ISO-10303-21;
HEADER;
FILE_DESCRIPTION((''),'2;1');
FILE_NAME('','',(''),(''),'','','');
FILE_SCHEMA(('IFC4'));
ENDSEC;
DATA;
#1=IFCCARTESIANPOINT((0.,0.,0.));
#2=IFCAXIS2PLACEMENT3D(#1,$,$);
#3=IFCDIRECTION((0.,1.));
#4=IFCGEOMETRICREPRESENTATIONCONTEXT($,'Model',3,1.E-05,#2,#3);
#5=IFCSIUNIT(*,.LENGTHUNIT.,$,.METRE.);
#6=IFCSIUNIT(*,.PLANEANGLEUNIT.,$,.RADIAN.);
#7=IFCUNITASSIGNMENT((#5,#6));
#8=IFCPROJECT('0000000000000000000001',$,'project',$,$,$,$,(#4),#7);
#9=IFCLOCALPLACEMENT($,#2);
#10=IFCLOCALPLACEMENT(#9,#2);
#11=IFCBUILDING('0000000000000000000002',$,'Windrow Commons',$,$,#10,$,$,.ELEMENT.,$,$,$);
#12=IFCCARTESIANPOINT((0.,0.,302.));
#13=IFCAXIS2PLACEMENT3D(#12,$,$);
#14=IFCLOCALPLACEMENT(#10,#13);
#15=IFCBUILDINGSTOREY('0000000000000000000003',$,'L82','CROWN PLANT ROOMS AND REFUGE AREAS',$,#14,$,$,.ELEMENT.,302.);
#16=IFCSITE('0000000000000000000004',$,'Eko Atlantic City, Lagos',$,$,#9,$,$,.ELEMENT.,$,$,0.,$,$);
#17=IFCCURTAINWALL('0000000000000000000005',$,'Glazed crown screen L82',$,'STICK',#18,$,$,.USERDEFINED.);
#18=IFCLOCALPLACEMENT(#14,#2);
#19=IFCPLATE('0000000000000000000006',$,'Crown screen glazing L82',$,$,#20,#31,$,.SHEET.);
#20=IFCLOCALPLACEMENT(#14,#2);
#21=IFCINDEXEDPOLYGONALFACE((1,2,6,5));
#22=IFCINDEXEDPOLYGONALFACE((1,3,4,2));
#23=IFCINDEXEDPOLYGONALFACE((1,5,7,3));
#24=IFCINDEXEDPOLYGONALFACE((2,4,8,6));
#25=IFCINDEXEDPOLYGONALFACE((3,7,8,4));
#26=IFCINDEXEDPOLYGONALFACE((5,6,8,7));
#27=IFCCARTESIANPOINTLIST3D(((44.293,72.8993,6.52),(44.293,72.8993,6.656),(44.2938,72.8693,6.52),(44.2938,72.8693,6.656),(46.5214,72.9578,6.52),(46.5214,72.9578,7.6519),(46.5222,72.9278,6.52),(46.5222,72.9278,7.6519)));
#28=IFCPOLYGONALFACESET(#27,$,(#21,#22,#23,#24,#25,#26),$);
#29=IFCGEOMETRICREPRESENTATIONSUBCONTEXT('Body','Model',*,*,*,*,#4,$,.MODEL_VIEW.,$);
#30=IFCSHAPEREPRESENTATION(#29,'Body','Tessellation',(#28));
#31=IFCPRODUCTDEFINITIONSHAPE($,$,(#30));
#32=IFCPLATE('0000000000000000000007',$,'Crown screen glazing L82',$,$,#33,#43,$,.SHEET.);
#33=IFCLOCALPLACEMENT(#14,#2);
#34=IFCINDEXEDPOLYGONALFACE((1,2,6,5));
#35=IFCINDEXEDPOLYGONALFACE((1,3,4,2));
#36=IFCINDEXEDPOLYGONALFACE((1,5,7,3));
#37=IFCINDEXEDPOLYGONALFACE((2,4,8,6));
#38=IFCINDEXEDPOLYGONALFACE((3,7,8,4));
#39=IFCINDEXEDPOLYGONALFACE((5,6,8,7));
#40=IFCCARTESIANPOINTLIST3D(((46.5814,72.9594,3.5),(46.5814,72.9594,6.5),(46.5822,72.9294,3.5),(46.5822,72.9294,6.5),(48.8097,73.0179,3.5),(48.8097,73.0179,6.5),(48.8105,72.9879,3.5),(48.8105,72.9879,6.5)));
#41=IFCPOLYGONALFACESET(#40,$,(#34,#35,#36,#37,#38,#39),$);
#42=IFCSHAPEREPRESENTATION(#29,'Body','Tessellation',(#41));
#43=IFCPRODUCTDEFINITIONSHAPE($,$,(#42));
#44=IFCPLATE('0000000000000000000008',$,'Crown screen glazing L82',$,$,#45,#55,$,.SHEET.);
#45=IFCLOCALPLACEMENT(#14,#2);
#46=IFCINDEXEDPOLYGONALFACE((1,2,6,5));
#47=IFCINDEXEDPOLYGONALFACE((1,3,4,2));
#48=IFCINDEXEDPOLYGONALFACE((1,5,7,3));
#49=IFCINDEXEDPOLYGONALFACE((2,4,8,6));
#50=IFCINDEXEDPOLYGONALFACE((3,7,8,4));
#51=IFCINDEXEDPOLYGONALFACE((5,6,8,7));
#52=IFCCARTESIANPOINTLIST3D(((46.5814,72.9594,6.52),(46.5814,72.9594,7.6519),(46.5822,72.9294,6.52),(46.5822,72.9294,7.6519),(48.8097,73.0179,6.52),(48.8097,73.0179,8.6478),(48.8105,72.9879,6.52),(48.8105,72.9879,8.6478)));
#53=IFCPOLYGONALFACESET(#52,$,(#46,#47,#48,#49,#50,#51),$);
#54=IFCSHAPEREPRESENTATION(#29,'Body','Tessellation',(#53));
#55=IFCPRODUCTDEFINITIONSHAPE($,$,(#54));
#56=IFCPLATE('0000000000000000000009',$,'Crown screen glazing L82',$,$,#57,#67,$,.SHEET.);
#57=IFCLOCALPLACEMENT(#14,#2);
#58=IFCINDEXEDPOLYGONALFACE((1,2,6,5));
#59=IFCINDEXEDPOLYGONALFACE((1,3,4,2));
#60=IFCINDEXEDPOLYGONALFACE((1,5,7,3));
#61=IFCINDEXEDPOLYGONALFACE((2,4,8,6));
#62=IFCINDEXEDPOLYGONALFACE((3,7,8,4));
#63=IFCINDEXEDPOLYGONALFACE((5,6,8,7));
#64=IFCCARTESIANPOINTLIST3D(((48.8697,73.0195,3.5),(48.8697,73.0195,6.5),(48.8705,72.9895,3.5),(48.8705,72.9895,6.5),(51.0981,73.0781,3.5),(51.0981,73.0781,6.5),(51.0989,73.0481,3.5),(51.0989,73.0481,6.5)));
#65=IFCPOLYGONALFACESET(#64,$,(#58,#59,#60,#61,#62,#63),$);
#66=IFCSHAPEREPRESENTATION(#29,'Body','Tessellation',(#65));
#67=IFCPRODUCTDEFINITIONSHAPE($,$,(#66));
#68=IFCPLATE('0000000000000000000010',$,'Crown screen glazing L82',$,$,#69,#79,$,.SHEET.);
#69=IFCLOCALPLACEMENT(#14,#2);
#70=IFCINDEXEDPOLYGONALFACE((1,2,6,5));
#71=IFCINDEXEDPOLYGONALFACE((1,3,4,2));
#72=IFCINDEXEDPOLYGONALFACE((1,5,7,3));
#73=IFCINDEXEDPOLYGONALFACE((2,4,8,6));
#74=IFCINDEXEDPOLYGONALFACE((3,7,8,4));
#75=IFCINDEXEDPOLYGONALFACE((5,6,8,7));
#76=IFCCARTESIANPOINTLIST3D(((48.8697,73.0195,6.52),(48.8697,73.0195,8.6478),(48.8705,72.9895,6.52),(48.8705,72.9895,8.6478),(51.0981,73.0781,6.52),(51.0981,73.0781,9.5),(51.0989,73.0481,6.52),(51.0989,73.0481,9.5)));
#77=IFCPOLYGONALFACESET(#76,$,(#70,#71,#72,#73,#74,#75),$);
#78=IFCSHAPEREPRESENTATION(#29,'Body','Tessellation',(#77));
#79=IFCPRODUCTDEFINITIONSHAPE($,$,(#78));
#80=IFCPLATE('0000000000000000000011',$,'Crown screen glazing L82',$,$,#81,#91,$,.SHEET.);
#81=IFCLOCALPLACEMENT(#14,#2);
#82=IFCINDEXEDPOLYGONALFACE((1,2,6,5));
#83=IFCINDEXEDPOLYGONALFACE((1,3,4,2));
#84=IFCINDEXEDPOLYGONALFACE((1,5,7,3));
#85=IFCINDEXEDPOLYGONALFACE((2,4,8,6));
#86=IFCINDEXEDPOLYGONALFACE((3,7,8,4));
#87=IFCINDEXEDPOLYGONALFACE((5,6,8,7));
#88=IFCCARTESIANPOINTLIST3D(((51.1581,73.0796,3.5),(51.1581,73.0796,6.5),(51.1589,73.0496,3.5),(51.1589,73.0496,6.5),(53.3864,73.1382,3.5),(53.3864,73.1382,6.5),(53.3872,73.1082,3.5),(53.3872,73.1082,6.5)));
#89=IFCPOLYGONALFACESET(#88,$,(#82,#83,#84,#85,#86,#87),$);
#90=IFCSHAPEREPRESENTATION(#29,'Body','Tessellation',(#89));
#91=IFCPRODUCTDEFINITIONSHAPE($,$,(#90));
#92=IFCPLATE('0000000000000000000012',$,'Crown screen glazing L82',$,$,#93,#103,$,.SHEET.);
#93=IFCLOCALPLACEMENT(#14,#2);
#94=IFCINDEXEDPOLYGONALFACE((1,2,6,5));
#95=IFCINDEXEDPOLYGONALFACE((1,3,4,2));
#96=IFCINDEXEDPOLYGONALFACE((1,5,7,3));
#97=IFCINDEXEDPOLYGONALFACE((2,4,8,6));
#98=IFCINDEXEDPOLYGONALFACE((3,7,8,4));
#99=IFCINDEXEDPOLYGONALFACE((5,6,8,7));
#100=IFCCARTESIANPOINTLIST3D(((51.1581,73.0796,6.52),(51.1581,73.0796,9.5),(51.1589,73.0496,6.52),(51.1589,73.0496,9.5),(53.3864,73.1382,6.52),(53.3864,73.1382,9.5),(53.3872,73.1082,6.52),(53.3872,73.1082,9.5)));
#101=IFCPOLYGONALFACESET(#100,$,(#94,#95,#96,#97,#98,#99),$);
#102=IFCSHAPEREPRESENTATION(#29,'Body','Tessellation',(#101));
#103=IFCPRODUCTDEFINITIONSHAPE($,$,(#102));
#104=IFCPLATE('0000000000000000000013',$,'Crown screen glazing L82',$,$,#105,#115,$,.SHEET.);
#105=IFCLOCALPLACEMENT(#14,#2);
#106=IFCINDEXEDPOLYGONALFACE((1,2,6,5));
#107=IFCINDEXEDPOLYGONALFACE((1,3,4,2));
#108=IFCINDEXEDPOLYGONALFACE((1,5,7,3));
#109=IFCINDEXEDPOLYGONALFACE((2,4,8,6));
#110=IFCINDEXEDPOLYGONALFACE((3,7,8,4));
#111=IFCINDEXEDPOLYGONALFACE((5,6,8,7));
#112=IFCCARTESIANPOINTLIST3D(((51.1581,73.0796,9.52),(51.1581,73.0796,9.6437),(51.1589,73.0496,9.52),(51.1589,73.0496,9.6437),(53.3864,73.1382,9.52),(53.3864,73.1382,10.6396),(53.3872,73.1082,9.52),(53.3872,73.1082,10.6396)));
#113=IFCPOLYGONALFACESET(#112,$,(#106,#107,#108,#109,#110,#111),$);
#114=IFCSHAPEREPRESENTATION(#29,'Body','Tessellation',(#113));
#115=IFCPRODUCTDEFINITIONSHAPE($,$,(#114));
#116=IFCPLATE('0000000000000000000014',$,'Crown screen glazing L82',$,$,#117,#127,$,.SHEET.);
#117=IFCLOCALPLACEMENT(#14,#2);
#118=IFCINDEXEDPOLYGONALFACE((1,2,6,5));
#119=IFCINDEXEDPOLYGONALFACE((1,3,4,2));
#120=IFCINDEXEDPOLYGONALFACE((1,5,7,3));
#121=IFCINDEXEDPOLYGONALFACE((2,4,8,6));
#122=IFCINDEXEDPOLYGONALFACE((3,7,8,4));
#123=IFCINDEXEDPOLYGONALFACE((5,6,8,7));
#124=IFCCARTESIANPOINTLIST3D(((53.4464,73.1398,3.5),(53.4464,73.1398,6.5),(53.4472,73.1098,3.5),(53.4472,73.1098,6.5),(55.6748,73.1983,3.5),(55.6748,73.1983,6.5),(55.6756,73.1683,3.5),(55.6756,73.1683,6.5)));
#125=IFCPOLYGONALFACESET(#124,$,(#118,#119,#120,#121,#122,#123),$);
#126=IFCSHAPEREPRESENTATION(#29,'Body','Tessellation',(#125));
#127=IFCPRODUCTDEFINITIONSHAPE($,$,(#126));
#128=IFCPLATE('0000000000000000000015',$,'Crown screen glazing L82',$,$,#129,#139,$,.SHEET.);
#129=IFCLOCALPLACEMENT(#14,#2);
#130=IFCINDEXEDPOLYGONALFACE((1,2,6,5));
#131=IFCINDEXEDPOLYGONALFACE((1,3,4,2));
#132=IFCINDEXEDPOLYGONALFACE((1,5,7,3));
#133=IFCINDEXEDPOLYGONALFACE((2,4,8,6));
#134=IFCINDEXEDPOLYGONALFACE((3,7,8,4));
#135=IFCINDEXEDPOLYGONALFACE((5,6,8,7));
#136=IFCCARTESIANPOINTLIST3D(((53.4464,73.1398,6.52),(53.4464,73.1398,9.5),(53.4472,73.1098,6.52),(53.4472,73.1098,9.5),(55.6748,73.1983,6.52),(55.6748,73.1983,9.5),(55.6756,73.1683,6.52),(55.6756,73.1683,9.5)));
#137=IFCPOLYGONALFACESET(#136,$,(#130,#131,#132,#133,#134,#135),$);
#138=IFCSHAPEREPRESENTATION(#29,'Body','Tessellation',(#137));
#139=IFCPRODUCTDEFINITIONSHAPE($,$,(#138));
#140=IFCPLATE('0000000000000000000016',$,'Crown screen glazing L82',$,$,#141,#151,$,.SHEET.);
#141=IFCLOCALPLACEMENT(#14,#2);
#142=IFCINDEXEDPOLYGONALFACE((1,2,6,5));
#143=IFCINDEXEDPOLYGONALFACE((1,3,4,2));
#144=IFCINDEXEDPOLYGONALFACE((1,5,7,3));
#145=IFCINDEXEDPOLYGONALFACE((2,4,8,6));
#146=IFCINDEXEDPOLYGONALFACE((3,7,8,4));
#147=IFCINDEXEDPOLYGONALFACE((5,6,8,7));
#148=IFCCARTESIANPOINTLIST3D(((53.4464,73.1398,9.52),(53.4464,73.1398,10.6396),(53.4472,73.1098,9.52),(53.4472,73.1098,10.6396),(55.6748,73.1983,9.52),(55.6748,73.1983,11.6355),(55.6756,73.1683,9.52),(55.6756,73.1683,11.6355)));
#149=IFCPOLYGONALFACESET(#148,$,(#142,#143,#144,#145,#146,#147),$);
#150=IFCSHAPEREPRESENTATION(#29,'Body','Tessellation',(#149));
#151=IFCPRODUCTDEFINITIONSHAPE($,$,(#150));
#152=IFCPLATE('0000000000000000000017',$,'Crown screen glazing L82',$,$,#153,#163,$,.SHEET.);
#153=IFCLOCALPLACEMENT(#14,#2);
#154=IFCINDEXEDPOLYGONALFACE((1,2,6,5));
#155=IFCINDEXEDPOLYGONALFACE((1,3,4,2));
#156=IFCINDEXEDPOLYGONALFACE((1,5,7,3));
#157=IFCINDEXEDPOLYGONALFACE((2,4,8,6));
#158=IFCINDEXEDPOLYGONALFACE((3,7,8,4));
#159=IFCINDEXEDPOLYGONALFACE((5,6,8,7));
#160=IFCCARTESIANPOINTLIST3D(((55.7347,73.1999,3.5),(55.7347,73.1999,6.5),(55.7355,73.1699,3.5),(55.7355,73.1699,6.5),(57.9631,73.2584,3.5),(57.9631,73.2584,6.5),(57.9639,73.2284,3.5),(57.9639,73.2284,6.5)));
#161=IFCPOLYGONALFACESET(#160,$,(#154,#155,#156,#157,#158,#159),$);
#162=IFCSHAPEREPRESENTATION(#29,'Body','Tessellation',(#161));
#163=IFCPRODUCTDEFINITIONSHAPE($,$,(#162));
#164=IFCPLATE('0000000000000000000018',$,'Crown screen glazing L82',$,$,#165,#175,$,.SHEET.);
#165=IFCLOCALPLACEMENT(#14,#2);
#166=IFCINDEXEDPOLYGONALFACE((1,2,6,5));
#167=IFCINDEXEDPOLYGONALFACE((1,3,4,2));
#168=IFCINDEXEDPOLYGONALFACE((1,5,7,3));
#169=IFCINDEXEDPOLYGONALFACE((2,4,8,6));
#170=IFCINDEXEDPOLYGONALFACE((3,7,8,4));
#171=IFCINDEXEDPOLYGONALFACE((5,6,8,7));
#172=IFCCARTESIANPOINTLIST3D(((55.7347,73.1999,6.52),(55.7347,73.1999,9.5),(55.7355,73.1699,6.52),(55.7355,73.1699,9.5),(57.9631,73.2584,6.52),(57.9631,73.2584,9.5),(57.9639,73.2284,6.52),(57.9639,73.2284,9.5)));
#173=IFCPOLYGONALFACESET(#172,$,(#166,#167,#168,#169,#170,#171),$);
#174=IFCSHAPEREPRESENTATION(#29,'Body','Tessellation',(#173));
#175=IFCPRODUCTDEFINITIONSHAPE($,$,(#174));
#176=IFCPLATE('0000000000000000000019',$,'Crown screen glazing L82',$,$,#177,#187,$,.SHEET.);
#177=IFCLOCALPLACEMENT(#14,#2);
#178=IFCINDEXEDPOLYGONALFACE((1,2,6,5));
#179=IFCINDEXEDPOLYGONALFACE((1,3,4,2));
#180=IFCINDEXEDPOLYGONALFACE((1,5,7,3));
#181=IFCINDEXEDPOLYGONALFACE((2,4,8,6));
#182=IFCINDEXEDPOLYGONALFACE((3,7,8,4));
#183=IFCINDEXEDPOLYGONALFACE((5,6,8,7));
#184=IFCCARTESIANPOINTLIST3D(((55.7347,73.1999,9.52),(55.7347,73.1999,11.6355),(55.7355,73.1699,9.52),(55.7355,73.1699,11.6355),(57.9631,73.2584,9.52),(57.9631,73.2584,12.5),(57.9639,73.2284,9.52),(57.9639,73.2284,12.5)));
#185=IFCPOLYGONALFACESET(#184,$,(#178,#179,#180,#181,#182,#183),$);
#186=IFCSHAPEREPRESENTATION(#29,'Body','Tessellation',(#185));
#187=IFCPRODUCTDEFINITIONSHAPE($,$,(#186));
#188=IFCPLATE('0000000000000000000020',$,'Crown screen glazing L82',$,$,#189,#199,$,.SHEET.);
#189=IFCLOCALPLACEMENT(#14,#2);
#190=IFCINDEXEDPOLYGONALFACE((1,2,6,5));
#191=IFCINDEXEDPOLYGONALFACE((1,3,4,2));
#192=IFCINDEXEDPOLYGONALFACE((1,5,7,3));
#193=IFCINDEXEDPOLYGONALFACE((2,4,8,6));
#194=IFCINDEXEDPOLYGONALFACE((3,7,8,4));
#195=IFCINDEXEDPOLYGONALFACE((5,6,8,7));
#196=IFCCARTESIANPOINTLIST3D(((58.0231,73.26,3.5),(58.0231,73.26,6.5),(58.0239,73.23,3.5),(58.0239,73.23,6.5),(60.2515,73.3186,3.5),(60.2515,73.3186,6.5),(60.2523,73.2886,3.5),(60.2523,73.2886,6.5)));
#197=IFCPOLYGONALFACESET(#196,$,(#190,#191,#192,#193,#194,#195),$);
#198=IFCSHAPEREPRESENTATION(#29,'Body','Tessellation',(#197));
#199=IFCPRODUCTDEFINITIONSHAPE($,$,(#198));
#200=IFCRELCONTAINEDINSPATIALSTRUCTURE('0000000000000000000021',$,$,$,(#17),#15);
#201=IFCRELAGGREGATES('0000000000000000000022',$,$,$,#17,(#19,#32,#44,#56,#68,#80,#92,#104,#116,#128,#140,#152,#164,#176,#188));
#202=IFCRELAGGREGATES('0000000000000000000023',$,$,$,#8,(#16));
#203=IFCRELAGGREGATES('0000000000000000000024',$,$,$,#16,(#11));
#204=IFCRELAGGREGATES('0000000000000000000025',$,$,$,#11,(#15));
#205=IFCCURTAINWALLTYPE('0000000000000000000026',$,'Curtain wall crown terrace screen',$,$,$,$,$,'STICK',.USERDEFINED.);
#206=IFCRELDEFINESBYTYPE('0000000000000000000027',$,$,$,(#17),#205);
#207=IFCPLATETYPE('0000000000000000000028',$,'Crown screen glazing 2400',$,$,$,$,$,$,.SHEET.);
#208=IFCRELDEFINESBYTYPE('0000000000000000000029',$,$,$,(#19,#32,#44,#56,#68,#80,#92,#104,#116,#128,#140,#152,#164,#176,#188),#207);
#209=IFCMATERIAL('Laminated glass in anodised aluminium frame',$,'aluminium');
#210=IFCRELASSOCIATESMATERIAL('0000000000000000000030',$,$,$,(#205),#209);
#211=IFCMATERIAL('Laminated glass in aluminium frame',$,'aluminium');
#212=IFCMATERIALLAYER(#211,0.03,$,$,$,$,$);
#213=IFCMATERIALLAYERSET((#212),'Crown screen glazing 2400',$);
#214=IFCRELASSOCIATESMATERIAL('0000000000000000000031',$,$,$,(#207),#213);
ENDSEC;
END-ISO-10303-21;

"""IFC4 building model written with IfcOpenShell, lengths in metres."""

from ifc_helpers import new_model, si_unit, direction, frame, origin, place, context, subcontext, project, spatial, polyline, outline, extrude, material, layer, layer_set, type_object, element, aggregate, save


model = new_model("IFC4")

# Units and contexts
model_context = context("Model", 3, precision=1e-05, world=origin(), true_north=direction((0.0, 1.0)))
body_context = subcontext(model_context, "Body", "Model", "MODEL_VIEW")
ifc_project = project(units=[si_unit("LENGTHUNIT", "METRE"), si_unit("PLANEANGLEUNIT", "RADIAN")], contexts=[model_context])

# Site, building, storey
site_placement = place(None, origin())
site = spatial("IfcSite", under=ifc_project, at=site_placement, Name="Eko Atlantic City, Lagos", CompositionType="ELEMENT", RefElevation=0.0)
building_placement = place(site_placement, origin())
building = spatial("IfcBuilding", under=site, at=building_placement, Name="Windrow Commons", CompositionType="ELEMENT")
storey_placement = place(building_placement, frame((0.0, 0.0, 302.0)))
storey = spatial("IfcBuildingStorey", under=building, at=storey_placement, Name="L82", Description="CROWN PLANT ROOMS AND REFUGE AREAS", CompositionType="ELEMENT", Elevation=302.0)

# Curtain wall
ifc_material_1 = material(Name="Laminated glass in anodised aluminium frame", Category="aluminium")
curtain_wall_type = type_object("IfcCurtainWallType", Name="Curtain wall crown terrace screen", ElementType="STICK", PredefinedType="USERDEFINED", material=ifc_material_1)
curtain_wall_placement = place(storey_placement, origin())
curtain_wall = element("IfcCurtainWall", 1, at=curtain_wall_placement, inside=storey, type_object=curtain_wall_type, Name="Glazed crown screen L82", ObjectType="STICK", PredefinedType="USERDEFINED")

# Plates
ifc_material_2 = material(Name="Laminated glass in aluminium frame", Category="aluminium")
ifc_layer_1 = layer(ifc_material_2, 0.03)
ifc_layer_set_1 = layer_set([ifc_layer_1], Name="Crown screen glazing 2400")
plate_type_1 = type_object("IfcPlateType", Name="Crown screen glazing 2400", PredefinedType="SHEET", material=ifc_layer_set_1)
plate_1_placement = place(storey_placement, frame((44.2938, 72.8693, 6.52), z_axis=(0.026243, -0.999656, 0.0), x_axis=(0.999656, 0.026243, 0.0)))
plate_1 = element("IfcPlate", 2, at=plate_1_placement, type_object=plate_type_1, Name="Crown screen glazing L82", PredefinedType="SHEET", context=body_context, shape_type="SweptSolid", body=[
    extrude(outline(polyline([(0.0, 0.0), (2.2292, 0.0), (2.2292, 1.1319), (0.0, 0.136), (0.0, 0.0)])), origin(), (0.0, 0.0, -1.0), 0.03),
])
plate_2_placement = place(storey_placement, frame((46.5822, 72.9294, 3.5), z_axis=(0.026244, -0.999656, 0.0), x_axis=(0.999656, 0.026244, 0.0)))
plate_2 = element("IfcPlate", 3, at=plate_2_placement, type_object=plate_type_1, Name="Crown screen glazing L82", PredefinedType="SHEET", context=body_context, shape_type="SweptSolid", body=[
    extrude(outline(polyline([(0.0, 0.0), (2.2291, 0.0), (2.2291, 3.0), (0.0, 3.0), (0.0, 0.0)])), origin(), (0.0, 0.0, -1.0), 0.03),
])
plate_3_placement = place(storey_placement, frame((46.5822, 72.9294, 6.52), z_axis=(0.026244, -0.999656, 0.0), x_axis=(0.999656, 0.026244, 0.0)))
plate_3 = element("IfcPlate", 4, at=plate_3_placement, type_object=plate_type_1, Name="Crown screen glazing L82", PredefinedType="SHEET", context=body_context, shape_type="SweptSolid", body=[
    extrude(outline(polyline([(0.0, 0.0), (2.2291, 0.0), (2.2291, 2.1278), (0.0, 1.1319), (0.0, 0.0)])), origin(), (0.0, 0.0, -1.0), 0.03),
])
plate_4_placement = place(storey_placement, frame((48.8705, 72.9895, 3.5), z_axis=(0.026288, -0.999654, 0.0), x_axis=(0.999654, 0.026288, 0.0)))
plate_4 = element("IfcPlate", 5, at=plate_4_placement, type_object=plate_type_1, Name="Crown screen glazing L82", PredefinedType="SHEET", context=body_context, shape_type="SweptSolid", body=[
    extrude(outline(polyline([(0.0, 0.0), (2.2292, 0.0), (2.2292, 3.0), (0.0, 3.0), (0.0, 0.0)])), origin(), (0.0, 0.0, -1.0), 0.03),
])
plate_5_placement = place(storey_placement, frame((48.8705, 72.9895, 6.52), z_axis=(0.026288, -0.999654, 0.0), x_axis=(0.999654, 0.026288, 0.0)))
plate_5 = element("IfcPlate", 6, at=plate_5_placement, type_object=plate_type_1, Name="Crown screen glazing L82", PredefinedType="SHEET", context=body_context, shape_type="SweptSolid", body=[
    extrude(outline(polyline([(0.0, 0.0), (2.2292, 0.0), (2.2292, 2.98), (0.0, 2.1278), (0.0, 0.0)])), origin(), (0.0, 0.0, -1.0), 0.03),
])
plate_6_placement = place(storey_placement, frame((51.1589, 73.0496, 3.5), z_axis=(0.026289, -0.999654, 0.0), x_axis=(0.999654, 0.026289, 0.0)))
plate_6 = element("IfcPlate", 7, at=plate_6_placement, type_object=plate_type_1, Name="Crown screen glazing L82", PredefinedType="SHEET", context=body_context, shape_type="SweptSolid", body=[
    extrude(outline(polyline([(0.0, 0.0), (2.2291, 0.0), (2.2291, 3.0), (0.0, 3.0), (0.0, 0.0)])), origin(), (0.0, 0.0, -1.0), 0.03),
])
plate_7_placement = place(storey_placement, frame((51.1589, 73.0496, 6.52), z_axis=(0.026289, -0.999654, 0.0), x_axis=(0.999654, 0.026289, 0.0)))
plate_7 = element("IfcPlate", 8, at=plate_7_placement, type_object=plate_type_1, Name="Crown screen glazing L82", PredefinedType="SHEET", context=body_context, shape_type="SweptSolid", body=[
    extrude(outline(polyline([(0.0, 0.0), (2.2291, 0.0), (2.2291, 2.98), (0.0, 2.98), (0.0, 0.0)])), origin(), (0.0, 0.0, -1.0), 0.03),
])
plate_8_placement = place(storey_placement, frame((51.1589, 73.0496, 9.52), z_axis=(0.026289, -0.999654, 0.0), x_axis=(0.999654, 0.026289, 0.0)))
plate_8 = element("IfcPlate", 9, at=plate_8_placement, type_object=plate_type_1, Name="Crown screen glazing L82", PredefinedType="SHEET", context=body_context, shape_type="SweptSolid", body=[
    extrude(outline(polyline([(0.0, 0.0), (2.2291, 0.0), (2.2291, 1.1196), (0.0, 0.1237), (0.0, 0.0)])), origin(), (0.0, 0.0, -1.0), 0.03),
])
plate_9_placement = place(storey_placement, frame((53.4472, 73.1098, 3.5), z_axis=(0.026243, -0.999656, 0.0), x_axis=(0.999656, 0.026243, 0.0)))
plate_9 = element("IfcPlate", 10, at=plate_9_placement, type_object=plate_type_1, Name="Crown screen glazing L82", PredefinedType="SHEET", context=body_context, shape_type="SweptSolid", body=[
    extrude(outline(polyline([(0.0, 0.0), (2.2292, 0.0), (2.2292, 3.0), (0.0, 3.0), (0.0, 0.0)])), origin(), (0.0, 0.0, -1.0), 0.03),
])
plate_10_placement = place(storey_placement, frame((53.4472, 73.1098, 6.52), z_axis=(0.026243, -0.999656, 0.0), x_axis=(0.999656, 0.026243, 0.0)))
plate_10 = element("IfcPlate", 11, at=plate_10_placement, type_object=plate_type_1, Name="Crown screen glazing L82", PredefinedType="SHEET", context=body_context, shape_type="SweptSolid", body=[
    extrude(outline(polyline([(0.0, 0.0), (2.2292, 0.0), (2.2292, 2.98), (0.0, 2.98), (0.0, 0.0)])), origin(), (0.0, 0.0, -1.0), 0.03),
])
plate_11_placement = place(storey_placement, frame((53.4472, 73.1098, 9.52), z_axis=(0.026243, -0.999656, 0.0), x_axis=(0.999656, 0.026243, 0.0)))
plate_11 = element("IfcPlate", 12, at=plate_11_placement, type_object=plate_type_1, Name="Crown screen glazing L82", PredefinedType="SHEET", context=body_context, shape_type="SweptSolid", body=[
    extrude(outline(polyline([(0.0, 0.0), (2.2292, 0.0), (2.2292, 2.1155), (0.0, 1.1196), (0.0, 0.0)])), origin(), (0.0, 0.0, -1.0), 0.03),
])
plate_12_placement = place(storey_placement, frame((55.7355, 73.1699, 3.5), z_axis=(0.026243, -0.999656, 0.0), x_axis=(0.999656, 0.026243, 0.0)))
plate_12 = element("IfcPlate", 13, at=plate_12_placement, type_object=plate_type_1, Name="Crown screen glazing L82", PredefinedType="SHEET", context=body_context, shape_type="SweptSolid", body=[
    extrude(outline(polyline([(0.0, 0.0), (2.2292, 0.0), (2.2292, 3.0), (0.0, 3.0), (0.0, 0.0)])), origin(), (0.0, 0.0, -1.0), 0.03),
])
plate_13_placement = place(storey_placement, frame((55.7355, 73.1699, 6.52), z_axis=(0.026243, -0.999656, 0.0), x_axis=(0.999656, 0.026243, 0.0)))
plate_13 = element("IfcPlate", 14, at=plate_13_placement, type_object=plate_type_1, Name="Crown screen glazing L82", PredefinedType="SHEET", context=body_context, shape_type="SweptSolid", body=[
    extrude(outline(polyline([(0.0, 0.0), (2.2292, 0.0), (2.2292, 2.98), (0.0, 2.98), (0.0, 0.0)])), origin(), (0.0, 0.0, -1.0), 0.03),
])
plate_14_placement = place(storey_placement, frame((55.7355, 73.1699, 9.52), z_axis=(0.026243, -0.999656, 0.0), x_axis=(0.999656, 0.026243, 0.0)))
plate_14 = element("IfcPlate", 15, at=plate_14_placement, type_object=plate_type_1, Name="Crown screen glazing L82", PredefinedType="SHEET", context=body_context, shape_type="SweptSolid", body=[
    extrude(outline(polyline([(0.0, 0.0), (2.2292, 0.0), (2.2292, 2.98), (0.0, 2.1155), (0.0, 0.0)])), origin(), (0.0, 0.0, -1.0), 0.03),
])
plate_15_placement = place(storey_placement, frame((58.0239, 73.23, 3.5), z_axis=(0.026288, -0.999654, 0.0), x_axis=(0.999654, 0.026288, 0.0)))
plate_15 = element("IfcPlate", 16, at=plate_15_placement, type_object=plate_type_1, Name="Crown screen glazing L82", PredefinedType="SHEET", context=body_context, shape_type="SweptSolid", body=[
    extrude(outline(polyline([(0.0, 0.0), (2.2292, 0.0), (2.2292, 3.0), (0.0, 3.0), (0.0, 0.0)])), origin(), (0.0, 0.0, -1.0), 0.03),
])
aggregate(curtain_wall, [plate_1, plate_2, plate_3, plate_4, plate_5, plate_6, plate_7, plate_8, plate_9, plate_10, plate_11, plate_12, plate_13, plate_14, plate_15])

save(model, "model.ifc")
